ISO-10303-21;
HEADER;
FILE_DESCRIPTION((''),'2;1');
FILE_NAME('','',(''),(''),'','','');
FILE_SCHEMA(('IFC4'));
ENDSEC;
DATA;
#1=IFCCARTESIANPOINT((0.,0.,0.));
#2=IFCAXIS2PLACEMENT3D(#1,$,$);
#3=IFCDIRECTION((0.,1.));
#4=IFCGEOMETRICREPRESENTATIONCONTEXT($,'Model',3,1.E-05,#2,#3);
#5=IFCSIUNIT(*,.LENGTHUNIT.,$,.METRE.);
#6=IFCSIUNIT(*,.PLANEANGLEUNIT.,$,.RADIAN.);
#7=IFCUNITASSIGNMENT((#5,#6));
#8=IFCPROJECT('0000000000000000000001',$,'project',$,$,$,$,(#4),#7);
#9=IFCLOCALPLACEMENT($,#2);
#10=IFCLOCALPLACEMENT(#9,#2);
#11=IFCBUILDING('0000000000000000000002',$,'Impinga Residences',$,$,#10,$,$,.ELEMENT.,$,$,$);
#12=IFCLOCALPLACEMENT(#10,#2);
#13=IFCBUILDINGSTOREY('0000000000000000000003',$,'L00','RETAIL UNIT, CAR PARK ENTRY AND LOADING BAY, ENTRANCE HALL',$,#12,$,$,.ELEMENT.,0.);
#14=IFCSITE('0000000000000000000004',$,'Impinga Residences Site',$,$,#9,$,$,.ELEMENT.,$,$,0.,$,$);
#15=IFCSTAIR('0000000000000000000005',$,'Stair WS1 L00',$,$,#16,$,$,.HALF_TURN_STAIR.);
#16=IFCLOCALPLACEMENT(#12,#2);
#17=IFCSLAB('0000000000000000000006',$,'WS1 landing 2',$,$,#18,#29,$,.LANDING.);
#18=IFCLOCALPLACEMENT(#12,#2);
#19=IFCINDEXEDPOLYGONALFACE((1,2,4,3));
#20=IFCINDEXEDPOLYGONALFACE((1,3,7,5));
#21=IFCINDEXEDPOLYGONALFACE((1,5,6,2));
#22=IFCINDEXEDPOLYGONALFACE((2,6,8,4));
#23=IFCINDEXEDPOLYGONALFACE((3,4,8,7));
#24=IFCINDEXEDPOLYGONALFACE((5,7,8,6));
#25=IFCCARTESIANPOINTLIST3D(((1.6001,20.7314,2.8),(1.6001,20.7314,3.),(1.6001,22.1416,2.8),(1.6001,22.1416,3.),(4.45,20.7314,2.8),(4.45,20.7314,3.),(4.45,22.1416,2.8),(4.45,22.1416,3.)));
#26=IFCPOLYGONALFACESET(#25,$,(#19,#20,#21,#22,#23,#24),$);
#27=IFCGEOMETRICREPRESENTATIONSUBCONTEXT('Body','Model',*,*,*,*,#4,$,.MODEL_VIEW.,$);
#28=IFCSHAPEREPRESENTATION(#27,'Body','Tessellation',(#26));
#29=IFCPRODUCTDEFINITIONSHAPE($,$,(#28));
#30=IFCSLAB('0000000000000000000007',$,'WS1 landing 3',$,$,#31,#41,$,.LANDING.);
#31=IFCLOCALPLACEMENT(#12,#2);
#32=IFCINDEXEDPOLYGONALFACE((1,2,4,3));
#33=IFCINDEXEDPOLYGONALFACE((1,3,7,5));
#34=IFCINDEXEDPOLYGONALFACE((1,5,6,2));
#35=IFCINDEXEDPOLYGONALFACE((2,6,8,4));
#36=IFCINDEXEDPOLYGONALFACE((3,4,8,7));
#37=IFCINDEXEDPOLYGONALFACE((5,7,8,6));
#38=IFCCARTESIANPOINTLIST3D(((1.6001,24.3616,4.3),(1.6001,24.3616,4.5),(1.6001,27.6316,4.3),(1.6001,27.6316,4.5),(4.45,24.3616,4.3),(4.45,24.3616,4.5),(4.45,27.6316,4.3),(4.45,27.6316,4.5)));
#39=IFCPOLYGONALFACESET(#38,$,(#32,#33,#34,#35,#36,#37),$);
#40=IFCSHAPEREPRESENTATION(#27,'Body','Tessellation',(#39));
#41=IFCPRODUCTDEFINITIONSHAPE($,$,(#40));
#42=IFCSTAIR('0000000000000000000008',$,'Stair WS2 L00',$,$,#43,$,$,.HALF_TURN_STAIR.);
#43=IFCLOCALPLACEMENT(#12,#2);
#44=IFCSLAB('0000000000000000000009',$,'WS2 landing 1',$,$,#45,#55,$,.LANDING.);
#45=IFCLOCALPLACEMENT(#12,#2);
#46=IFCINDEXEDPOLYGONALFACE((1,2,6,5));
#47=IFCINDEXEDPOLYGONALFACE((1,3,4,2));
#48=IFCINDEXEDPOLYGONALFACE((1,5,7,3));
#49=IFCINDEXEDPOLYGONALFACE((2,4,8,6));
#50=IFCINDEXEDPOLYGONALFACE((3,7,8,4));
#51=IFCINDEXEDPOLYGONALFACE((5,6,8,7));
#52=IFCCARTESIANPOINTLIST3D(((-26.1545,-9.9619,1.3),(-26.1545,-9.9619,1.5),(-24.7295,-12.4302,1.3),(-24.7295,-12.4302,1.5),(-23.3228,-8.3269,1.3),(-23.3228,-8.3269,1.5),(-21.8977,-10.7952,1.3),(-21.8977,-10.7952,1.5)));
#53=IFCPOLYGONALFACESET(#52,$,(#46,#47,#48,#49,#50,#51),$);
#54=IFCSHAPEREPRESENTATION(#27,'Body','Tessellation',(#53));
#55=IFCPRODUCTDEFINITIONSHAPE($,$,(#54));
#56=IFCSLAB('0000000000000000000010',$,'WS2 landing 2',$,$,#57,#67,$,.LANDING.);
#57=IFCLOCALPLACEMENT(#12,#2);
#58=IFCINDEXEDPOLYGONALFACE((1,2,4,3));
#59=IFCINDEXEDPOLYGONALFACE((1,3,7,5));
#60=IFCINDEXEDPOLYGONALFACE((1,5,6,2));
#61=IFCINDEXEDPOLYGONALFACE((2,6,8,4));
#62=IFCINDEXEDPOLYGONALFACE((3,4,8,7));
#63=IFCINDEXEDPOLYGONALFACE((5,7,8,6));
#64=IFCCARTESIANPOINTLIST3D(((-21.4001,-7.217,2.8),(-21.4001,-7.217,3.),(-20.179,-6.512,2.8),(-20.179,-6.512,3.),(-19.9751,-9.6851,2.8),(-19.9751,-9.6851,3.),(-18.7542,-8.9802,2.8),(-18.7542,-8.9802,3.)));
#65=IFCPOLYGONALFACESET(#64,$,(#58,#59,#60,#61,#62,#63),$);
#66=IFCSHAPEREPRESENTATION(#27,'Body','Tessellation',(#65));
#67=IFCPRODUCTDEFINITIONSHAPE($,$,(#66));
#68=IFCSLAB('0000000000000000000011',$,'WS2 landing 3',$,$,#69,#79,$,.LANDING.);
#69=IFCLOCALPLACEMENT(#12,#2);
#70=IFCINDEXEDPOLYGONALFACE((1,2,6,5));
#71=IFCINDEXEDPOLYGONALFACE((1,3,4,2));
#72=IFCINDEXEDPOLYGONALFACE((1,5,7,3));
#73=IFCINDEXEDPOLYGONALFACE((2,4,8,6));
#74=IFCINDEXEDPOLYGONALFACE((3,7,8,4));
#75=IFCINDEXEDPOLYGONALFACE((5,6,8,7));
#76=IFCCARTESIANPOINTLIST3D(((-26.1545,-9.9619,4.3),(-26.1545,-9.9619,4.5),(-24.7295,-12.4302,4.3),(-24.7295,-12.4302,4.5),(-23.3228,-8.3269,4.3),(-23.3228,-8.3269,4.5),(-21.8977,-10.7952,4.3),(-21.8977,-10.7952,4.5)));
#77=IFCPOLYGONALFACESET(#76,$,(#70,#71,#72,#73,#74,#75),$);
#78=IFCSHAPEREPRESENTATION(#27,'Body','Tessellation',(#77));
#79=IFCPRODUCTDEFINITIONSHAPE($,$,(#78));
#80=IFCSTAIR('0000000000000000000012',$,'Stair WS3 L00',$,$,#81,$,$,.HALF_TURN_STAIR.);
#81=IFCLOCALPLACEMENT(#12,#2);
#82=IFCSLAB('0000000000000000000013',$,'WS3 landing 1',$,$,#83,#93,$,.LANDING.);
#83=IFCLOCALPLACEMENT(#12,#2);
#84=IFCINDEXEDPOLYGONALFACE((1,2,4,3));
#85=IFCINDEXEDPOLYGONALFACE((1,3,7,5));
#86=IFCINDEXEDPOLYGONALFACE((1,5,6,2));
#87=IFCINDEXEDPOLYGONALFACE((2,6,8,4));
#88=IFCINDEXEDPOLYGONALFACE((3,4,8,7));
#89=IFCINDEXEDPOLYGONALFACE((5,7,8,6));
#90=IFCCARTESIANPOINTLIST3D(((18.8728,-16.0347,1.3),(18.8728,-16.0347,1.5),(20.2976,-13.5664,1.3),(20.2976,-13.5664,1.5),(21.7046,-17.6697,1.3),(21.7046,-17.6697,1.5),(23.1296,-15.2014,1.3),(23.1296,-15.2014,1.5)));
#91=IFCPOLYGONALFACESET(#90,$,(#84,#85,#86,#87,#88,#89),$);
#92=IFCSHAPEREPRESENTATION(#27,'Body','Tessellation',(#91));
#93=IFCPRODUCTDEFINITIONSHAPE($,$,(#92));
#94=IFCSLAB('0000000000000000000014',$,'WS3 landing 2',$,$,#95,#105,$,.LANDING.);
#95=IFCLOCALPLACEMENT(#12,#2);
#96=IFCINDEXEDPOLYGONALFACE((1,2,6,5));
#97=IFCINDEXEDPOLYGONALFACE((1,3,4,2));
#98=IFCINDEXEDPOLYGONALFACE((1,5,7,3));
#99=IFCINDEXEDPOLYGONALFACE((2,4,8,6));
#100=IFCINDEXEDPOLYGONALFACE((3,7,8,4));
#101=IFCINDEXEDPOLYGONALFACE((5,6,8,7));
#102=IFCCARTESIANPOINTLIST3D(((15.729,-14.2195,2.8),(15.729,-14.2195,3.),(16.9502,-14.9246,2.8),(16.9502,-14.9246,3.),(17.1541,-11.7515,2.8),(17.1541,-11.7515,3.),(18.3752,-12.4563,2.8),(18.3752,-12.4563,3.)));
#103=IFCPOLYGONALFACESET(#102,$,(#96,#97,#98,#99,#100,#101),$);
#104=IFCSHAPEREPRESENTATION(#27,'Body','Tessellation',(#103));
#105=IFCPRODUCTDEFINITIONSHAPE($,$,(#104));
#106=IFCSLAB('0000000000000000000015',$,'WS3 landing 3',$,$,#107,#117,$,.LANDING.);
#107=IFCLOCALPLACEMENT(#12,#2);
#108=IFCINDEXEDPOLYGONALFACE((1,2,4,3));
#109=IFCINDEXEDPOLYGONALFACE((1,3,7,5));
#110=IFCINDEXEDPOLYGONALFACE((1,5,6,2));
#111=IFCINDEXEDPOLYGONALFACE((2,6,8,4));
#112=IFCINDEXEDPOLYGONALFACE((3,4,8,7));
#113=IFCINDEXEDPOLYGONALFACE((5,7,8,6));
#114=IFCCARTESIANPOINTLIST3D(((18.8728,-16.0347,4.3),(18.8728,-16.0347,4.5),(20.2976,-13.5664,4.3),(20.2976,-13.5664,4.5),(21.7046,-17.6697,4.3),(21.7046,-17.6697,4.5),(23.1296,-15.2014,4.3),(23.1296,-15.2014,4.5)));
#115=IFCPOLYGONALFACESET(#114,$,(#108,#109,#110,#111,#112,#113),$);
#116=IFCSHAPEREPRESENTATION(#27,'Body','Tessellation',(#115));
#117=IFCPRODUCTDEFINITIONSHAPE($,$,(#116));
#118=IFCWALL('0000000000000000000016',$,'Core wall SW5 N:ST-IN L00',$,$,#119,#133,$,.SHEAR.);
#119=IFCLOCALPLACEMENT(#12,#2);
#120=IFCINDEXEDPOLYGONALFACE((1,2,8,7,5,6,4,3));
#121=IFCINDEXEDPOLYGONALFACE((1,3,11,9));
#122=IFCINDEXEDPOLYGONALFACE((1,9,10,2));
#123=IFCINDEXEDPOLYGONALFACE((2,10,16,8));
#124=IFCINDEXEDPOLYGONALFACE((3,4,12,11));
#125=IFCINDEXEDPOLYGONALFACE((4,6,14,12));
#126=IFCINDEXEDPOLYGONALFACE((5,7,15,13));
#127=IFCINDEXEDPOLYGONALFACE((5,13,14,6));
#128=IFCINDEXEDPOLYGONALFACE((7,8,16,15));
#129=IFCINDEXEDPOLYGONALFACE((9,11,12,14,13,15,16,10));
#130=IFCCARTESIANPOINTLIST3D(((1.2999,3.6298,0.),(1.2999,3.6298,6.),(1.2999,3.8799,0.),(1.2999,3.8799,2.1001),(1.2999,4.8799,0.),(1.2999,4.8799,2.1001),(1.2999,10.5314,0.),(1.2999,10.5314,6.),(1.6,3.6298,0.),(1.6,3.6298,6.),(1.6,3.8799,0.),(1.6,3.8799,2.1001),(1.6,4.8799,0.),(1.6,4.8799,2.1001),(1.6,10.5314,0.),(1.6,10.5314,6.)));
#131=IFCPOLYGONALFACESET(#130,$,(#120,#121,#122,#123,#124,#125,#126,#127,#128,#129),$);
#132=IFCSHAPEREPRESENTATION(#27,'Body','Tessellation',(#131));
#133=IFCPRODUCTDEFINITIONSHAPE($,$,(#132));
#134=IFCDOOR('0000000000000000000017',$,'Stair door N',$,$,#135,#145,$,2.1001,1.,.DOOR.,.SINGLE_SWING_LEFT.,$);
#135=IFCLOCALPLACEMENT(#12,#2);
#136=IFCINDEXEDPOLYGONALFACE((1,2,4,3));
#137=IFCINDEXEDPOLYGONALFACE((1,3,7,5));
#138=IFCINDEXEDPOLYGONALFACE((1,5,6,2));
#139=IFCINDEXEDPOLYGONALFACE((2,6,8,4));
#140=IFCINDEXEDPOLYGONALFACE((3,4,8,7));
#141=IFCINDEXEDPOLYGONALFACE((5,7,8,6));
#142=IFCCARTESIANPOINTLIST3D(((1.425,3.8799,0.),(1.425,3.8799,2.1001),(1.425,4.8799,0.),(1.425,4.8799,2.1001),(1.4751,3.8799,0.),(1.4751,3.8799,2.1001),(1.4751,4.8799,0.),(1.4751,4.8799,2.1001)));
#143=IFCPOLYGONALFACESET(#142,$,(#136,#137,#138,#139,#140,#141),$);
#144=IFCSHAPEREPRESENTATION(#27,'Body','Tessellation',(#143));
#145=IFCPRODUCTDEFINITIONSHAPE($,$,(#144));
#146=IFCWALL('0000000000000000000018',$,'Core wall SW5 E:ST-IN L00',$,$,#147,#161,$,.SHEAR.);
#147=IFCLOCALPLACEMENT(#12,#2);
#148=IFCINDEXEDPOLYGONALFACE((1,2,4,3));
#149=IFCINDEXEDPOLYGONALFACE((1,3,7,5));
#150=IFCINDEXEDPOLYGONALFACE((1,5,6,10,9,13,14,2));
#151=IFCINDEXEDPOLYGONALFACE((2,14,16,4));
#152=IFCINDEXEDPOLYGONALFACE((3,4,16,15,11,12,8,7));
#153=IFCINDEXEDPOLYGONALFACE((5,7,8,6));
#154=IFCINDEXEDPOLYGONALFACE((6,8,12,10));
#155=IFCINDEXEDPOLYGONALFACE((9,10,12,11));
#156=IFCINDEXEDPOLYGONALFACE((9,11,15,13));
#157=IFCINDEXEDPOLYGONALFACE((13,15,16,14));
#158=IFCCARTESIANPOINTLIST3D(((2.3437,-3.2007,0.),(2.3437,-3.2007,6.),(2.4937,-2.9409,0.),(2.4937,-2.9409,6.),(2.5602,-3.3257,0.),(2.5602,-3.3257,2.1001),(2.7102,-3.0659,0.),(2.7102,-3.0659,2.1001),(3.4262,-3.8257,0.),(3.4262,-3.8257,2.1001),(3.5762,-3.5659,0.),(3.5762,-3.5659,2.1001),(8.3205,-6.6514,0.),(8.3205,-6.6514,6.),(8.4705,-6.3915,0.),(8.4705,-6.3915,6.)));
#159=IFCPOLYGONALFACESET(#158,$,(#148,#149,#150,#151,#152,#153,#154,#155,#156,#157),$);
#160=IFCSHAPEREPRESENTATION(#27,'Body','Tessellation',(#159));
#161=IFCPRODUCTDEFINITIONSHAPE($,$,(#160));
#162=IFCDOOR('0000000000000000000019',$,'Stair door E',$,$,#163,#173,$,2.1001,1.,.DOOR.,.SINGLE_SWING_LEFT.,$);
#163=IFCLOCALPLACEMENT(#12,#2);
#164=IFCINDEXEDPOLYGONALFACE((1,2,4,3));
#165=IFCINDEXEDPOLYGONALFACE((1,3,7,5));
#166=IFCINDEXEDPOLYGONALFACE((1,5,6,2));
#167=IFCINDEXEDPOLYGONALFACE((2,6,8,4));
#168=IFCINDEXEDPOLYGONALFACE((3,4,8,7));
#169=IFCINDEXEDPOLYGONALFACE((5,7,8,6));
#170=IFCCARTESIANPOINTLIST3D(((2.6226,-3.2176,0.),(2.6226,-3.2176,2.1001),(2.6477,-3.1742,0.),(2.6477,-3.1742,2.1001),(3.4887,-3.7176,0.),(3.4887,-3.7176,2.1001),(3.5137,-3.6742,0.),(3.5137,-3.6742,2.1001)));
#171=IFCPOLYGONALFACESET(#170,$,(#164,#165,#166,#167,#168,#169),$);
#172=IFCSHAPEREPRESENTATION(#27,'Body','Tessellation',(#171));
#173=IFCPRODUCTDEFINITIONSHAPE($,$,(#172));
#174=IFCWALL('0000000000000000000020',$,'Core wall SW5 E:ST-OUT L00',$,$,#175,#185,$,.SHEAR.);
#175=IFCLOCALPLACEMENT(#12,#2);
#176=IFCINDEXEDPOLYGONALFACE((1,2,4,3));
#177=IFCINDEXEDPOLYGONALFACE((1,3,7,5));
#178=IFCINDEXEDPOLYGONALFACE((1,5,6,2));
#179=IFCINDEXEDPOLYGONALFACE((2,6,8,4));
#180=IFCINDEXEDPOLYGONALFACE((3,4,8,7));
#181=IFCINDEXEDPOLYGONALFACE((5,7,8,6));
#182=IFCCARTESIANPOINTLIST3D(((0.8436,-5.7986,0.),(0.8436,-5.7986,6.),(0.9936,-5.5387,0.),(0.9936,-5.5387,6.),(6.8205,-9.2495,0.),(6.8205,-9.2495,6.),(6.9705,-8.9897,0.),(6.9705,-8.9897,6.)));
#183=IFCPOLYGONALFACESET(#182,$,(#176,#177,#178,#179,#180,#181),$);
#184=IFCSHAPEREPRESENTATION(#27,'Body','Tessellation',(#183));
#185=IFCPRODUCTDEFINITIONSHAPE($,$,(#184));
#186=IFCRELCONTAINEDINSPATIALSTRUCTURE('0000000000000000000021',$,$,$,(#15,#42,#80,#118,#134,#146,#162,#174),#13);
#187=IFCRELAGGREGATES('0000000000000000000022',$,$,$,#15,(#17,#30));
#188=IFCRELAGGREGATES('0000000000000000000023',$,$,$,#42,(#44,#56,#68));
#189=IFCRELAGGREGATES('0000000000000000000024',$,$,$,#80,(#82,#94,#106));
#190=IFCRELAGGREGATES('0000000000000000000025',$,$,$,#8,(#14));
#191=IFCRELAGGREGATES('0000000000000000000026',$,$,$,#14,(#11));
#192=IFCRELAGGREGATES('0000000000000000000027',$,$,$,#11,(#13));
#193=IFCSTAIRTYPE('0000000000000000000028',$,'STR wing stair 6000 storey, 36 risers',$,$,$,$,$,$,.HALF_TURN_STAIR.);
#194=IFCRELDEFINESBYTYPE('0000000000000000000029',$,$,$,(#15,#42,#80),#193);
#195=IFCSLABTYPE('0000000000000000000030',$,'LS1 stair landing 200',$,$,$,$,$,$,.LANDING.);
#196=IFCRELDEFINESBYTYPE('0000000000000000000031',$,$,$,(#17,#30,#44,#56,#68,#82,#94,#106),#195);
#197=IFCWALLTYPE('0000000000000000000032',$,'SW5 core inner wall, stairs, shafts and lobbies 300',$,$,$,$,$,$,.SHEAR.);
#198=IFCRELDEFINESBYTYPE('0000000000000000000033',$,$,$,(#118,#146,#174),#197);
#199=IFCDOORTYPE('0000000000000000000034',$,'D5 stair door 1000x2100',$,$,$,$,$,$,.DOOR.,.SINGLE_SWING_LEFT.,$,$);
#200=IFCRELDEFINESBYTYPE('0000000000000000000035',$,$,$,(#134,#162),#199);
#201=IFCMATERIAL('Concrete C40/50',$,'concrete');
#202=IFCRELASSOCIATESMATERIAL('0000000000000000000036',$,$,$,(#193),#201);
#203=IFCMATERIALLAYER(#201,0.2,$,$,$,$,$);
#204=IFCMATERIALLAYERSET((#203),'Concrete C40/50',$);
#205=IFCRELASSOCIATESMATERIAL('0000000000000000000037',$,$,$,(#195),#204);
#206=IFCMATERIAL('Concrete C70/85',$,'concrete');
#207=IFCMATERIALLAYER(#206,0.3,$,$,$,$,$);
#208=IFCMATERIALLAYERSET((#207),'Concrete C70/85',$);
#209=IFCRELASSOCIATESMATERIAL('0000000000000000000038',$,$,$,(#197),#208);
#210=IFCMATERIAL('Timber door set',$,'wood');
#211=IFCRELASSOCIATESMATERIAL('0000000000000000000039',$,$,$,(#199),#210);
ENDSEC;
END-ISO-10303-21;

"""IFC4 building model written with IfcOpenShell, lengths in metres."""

from ifc_helpers import new_model, si_unit, direction, frame, frame_2d, origin, place, context, subcontext, project, spatial, polyline, rectangle, outline, extrude, material, layer, layer_set, type_object, element, fill, aggregate, save


model = new_model("IFC4")

# Units and contexts
model_context = context("Model", 3, precision=1e-05, world=origin(), true_north=direction((0.0, 1.0)))
body_context = subcontext(model_context, "Body", "Model", "MODEL_VIEW")
ifc_project = project(units=[si_unit("LENGTHUNIT", "METRE"), si_unit("PLANEANGLEUNIT", "RADIAN")], contexts=[model_context])

# Site, building, storey
site_placement = place(None, origin())
site = spatial("IfcSite", under=ifc_project, at=site_placement, Name="Impinga Residences Site", CompositionType="ELEMENT", RefElevation=0.0)
building_placement = place(site_placement, origin())
building = spatial("IfcBuilding", under=site, at=building_placement, Name="Impinga Residences", CompositionType="ELEMENT")
storey_placement = place(building_placement, origin())
storey = spatial("IfcBuildingStorey", under=building, at=storey_placement, Name="L00", Description="RETAIL UNIT, CAR PARK ENTRY AND LOADING BAY, ENTRANCE HALL", CompositionType="ELEMENT", Elevation=0.0)

# Stairs, slabs
ifc_material_1 = material(Name="Concrete C40/50", Category="concrete")
stair_type_1 = type_object("IfcStairType", Name="STR wing stair 6000 storey, 36 risers", PredefinedType="HALF_TURN_STAIR", material=ifc_material_1)
stair_1_placement = place(storey_placement, origin())
stair_1 = element("IfcStair", 1, at=stair_1_placement, inside=storey, type_object=stair_type_1, Name="Stair WS1 L00", PredefinedType="HALF_TURN_STAIR")
ifc_layer_1 = layer(ifc_material_1, 0.2)
ifc_layer_set_1 = layer_set([ifc_layer_1], Name="Concrete C40/50")
slab_type = type_object("IfcSlabType", Name="LS1 stair landing 200", PredefinedType="LANDING", material=ifc_layer_set_1)
slab_1_placement = place(storey_placement, frame((0.0, 0.0, 2.8)))
slab_1 = element("IfcSlab", 2, at=slab_1_placement, type_object=slab_type, Name="WS1 landing 2", PredefinedType="LANDING", context=body_context, shape_type="SweptSolid", body=[
    extrude(outline(polyline([(1.6001, 20.7314), (4.45, 20.7314), (4.45, 22.1416), (1.6001, 22.1416), (1.6001, 20.7314)])), origin(), (0.0, 0.0, 1.0), 0.2),
])
slab_2_placement = place(storey_placement, frame((0.0, 0.0, 4.3)))
slab_2 = element("IfcSlab", 3, at=slab_2_placement, type_object=slab_type, Name="WS1 landing 3", PredefinedType="LANDING", context=body_context, shape_type="SweptSolid", body=[
    extrude(outline(polyline([(1.6001, 24.3616), (4.45, 24.3616), (4.45, 27.6316), (1.6001, 27.6316), (1.6001, 24.3616)])), origin(), (0.0, 0.0, 1.0), 0.2),
])
aggregate(stair_1, [slab_1, slab_2])
stair_2_placement = place(storey_placement, origin())
stair_2 = element("IfcStair", 4, at=stair_2_placement, inside=storey, type_object=stair_type_1, Name="Stair WS2 L00", PredefinedType="HALF_TURN_STAIR")
slab_3_placement = place(storey_placement, frame((0.0, 0.0, 1.3)))
slab_3 = element("IfcSlab", 5, at=slab_3_placement, type_object=slab_type, Name="WS2 landing 1", PredefinedType="LANDING", context=body_context, shape_type="SweptSolid", body=[
    extrude(outline(polyline([(-21.8977, -10.7952), (-23.3228, -8.3269), (-26.1545, -9.9619), (-24.7295, -12.4302), (-21.8977, -10.7952)])), origin(), (0.0, 0.0, 1.0), 0.2),
])
slab_4_placement = place(storey_placement, frame((0.0, 0.0, 2.8)))
slab_4 = element("IfcSlab", 6, at=slab_4_placement, type_object=slab_type, Name="WS2 landing 2", PredefinedType="LANDING", context=body_context, shape_type="SweptSolid", body=[
    extrude(outline(polyline([(-18.7542, -8.9802), (-20.179, -6.512), (-21.4001, -7.217), (-19.9751, -9.6851), (-18.7542, -8.9802)])), origin(), (0.0, 0.0, 1.0), 0.2),
])
slab_5_placement = place(storey_placement, frame((0.0, 0.0, 4.3)))
slab_5 = element("IfcSlab", 7, at=slab_5_placement, type_object=slab_type, Name="WS2 landing 3", PredefinedType="LANDING", context=body_context, shape_type="SweptSolid", body=[
    extrude(outline(polyline([(-21.8977, -10.7952), (-23.3228, -8.3269), (-26.1545, -9.9619), (-24.7295, -12.4302), (-21.8977, -10.7952)])), origin(), (0.0, 0.0, 1.0), 0.2),
])
aggregate(stair_2, [slab_3, slab_4, slab_5])
stair_3_placement = place(storey_placement, origin())
stair_3 = element("IfcStair", 8, at=stair_3_placement, inside=storey, type_object=stair_type_1, Name="Stair WS3 L00", PredefinedType="HALF_TURN_STAIR")
slab_6_placement = place(storey_placement, frame((0.0, 0.0, 1.3)))
slab_6 = element("IfcSlab", 9, at=slab_6_placement, type_object=slab_type, Name="WS3 landing 1", PredefinedType="LANDING", context=body_context, shape_type="SweptSolid", body=[
    extrude(outline(polyline([(20.2976, -13.5664), (18.8728, -16.0347), (21.7046, -17.6697), (23.1296, -15.2014), (20.2976, -13.5664)])), origin(), (0.0, 0.0, 1.0), 0.2),
])
slab_7_placement = place(storey_placement, frame((0.0, 0.0, 2.8)))
slab_7 = element("IfcSlab", 10, at=slab_7_placement, type_object=slab_type, Name="WS3 landing 2", PredefinedType="LANDING", context=body_context, shape_type="SweptSolid", body=[
    extrude(outline(polyline([(17.1541, -11.7515), (15.729, -14.2195), (16.9502, -14.9246), (18.3752, -12.4563), (17.1541, -11.7515)])), origin(), (0.0, 0.0, 1.0), 0.2),
])
slab_8_placement = place(storey_placement, frame((0.0, 0.0, 4.3)))
slab_8 = element("IfcSlab", 11, at=slab_8_placement, type_object=slab_type, Name="WS3 landing 3", PredefinedType="LANDING", context=body_context, shape_type="SweptSolid", body=[
    extrude(outline(polyline([(20.2976, -13.5664), (18.8728, -16.0347), (21.7046, -17.6697), (23.1296, -15.2014), (20.2976, -13.5664)])), origin(), (0.0, 0.0, 1.0), 0.2),
])
aggregate(stair_3, [slab_6, slab_7, slab_8])

# Walls, openings, doors
ifc_material_2 = material(Name="Concrete C70/85", Category="concrete")
ifc_layer_2 = layer(ifc_material_2, 0.3)
ifc_layer_set_2 = layer_set([ifc_layer_2], Name="Concrete C70/85")
wall_type = type_object("IfcWallType", Name="SW5 core inner wall, stairs, shafts and lobbies 300", PredefinedType="SHEAR", material=ifc_layer_set_2)
wall_1_placement = place(storey_placement, frame((1.45, 3.6299, 0.0), z_axis=(0.0, 0.0, 1.0), x_axis=(0.0, 1.0, 0.0)))
wall_1 = element("IfcWall", 12, at=wall_1_placement, inside=storey, type_object=wall_type, Name="Core wall SW5 N:ST-IN L00", PredefinedType="SHEAR", context=body_context, shape_type="SweptSolid", body=[
    extrude(rectangle(XDim=6.9016, YDim=0.3, at=frame_2d((3.4507, 0.0))), origin(), (0.0, 0.0, 1.0), 6.0),
])
opening_1_placement = place(wall_1_placement, frame((0.25, 0.0, 0.0)))
opening_1 = element("IfcOpeningElement", 13, at=opening_1_placement, cuts=wall_1, PredefinedType="OPENING", context=body_context, shape_type="SweptSolid", body=[
    extrude(rectangle(XDim=1.0, YDim=2.1001, at=frame_2d((0.5, 1.05))), frame((0.0, 0.1599, 0.0), z_axis=(0.0, -1.0, 0.0), x_axis=(1.0, 0.0, 0.0)), (0.0, 0.0, 1.0), 0.3201),
])
ifc_material_3 = material(Name="Timber door set", Category="wood")
door_type = type_object("IfcDoorType", Name="D5 stair door 1000x2100", OperationType="SINGLE_SWING_LEFT", PredefinedType="DOOR", material=ifc_material_3)
door_1_placement = place(opening_1_placement, origin())
door_1 = element("IfcDoor", 14, at=door_1_placement, inside=storey, type_object=door_type, Name="Stair door N", OperationType="SINGLE_SWING_LEFT", OverallHeight=2.1001, OverallWidth=1.0, PredefinedType="DOOR", context=body_context, shape_type="SweptSolid", body=[
    extrude(rectangle(XDim=1.0, YDim=2.1001, at=frame_2d((0.5, 1.05))), frame((0.0, 0.0249, 0.0), z_axis=(0.0, -1.0, 0.0), x_axis=(1.0, 0.0, 0.0)), (0.0, 0.0, 1.0), 0.05),
])
fill(opening_1, door_1)
wall_2_placement = place(storey_placement, frame((2.4187, -3.0708, 0.0), z_axis=(0.0, 0.0, 1.0), x_axis=(0.866027, -0.499997, 0.0)))
wall_2 = element("IfcWall", 15, at=wall_2_placement, inside=storey, type_object=wall_type, Name="Core wall SW5 E:ST-IN L00", PredefinedType="SHEAR", context=body_context, shape_type="SweptSolid", body=[
    extrude(rectangle(XDim=6.9014, YDim=0.3, at=frame_2d((3.4507, 0.0))), origin(), (0.0, 0.0, 1.0), 6.0),
])
opening_2_placement = place(wall_2_placement, frame((0.25, 0.0, 0.0)))
opening_2 = element("IfcOpeningElement", 16, at=opening_2_placement, cuts=wall_2, PredefinedType="OPENING", context=body_context, shape_type="SweptSolid", body=[
    extrude(rectangle(XDim=1.0, YDim=2.1001, at=frame_2d((0.5, 1.05))), frame((0.0, 0.1599, 0.0), z_axis=(0.0, -1.0, 0.0), x_axis=(1.0, 0.0, 0.0)), (0.0, 0.0, 1.0), 0.3201),
])
door_2_placement = place(opening_2_placement, origin())
door_2 = element("IfcDoor", 17, at=door_2_placement, inside=storey, type_object=door_type, Name="Stair door E", OperationType="SINGLE_SWING_LEFT", OverallHeight=2.1001, OverallWidth=1.0, PredefinedType="DOOR", context=body_context, shape_type="SweptSolid", body=[
    extrude(rectangle(XDim=1.0, YDim=2.1001, at=frame_2d((0.5, 1.05))), frame((0.0, 0.0249, 0.0), z_axis=(0.0, -1.0, 0.0), x_axis=(1.0, 0.0, 0.0)), (0.0, 0.0, 1.0), 0.05),
])
fill(opening_2, door_2)

# Wall
wall_3_placement = place(storey_placement, frame((0.9187, -5.6687, 0.0), z_axis=(0.0, 0.0, 1.0), x_axis=(0.866012, -0.500024, 0.0)))
element("IfcWall", 18, at=wall_3_placement, inside=storey, type_object=wall_type, Name="Core wall SW5 E:ST-OUT L00", PredefinedType="SHEAR", context=body_context, shape_type="SweptSolid", body=[
    extrude(rectangle(XDim=6.9016, YDim=0.3, at=frame_2d((3.4507, 0.0))), origin(), (0.0, 0.0, 1.0), 6.0),
])

save(model, "model.ifc")
